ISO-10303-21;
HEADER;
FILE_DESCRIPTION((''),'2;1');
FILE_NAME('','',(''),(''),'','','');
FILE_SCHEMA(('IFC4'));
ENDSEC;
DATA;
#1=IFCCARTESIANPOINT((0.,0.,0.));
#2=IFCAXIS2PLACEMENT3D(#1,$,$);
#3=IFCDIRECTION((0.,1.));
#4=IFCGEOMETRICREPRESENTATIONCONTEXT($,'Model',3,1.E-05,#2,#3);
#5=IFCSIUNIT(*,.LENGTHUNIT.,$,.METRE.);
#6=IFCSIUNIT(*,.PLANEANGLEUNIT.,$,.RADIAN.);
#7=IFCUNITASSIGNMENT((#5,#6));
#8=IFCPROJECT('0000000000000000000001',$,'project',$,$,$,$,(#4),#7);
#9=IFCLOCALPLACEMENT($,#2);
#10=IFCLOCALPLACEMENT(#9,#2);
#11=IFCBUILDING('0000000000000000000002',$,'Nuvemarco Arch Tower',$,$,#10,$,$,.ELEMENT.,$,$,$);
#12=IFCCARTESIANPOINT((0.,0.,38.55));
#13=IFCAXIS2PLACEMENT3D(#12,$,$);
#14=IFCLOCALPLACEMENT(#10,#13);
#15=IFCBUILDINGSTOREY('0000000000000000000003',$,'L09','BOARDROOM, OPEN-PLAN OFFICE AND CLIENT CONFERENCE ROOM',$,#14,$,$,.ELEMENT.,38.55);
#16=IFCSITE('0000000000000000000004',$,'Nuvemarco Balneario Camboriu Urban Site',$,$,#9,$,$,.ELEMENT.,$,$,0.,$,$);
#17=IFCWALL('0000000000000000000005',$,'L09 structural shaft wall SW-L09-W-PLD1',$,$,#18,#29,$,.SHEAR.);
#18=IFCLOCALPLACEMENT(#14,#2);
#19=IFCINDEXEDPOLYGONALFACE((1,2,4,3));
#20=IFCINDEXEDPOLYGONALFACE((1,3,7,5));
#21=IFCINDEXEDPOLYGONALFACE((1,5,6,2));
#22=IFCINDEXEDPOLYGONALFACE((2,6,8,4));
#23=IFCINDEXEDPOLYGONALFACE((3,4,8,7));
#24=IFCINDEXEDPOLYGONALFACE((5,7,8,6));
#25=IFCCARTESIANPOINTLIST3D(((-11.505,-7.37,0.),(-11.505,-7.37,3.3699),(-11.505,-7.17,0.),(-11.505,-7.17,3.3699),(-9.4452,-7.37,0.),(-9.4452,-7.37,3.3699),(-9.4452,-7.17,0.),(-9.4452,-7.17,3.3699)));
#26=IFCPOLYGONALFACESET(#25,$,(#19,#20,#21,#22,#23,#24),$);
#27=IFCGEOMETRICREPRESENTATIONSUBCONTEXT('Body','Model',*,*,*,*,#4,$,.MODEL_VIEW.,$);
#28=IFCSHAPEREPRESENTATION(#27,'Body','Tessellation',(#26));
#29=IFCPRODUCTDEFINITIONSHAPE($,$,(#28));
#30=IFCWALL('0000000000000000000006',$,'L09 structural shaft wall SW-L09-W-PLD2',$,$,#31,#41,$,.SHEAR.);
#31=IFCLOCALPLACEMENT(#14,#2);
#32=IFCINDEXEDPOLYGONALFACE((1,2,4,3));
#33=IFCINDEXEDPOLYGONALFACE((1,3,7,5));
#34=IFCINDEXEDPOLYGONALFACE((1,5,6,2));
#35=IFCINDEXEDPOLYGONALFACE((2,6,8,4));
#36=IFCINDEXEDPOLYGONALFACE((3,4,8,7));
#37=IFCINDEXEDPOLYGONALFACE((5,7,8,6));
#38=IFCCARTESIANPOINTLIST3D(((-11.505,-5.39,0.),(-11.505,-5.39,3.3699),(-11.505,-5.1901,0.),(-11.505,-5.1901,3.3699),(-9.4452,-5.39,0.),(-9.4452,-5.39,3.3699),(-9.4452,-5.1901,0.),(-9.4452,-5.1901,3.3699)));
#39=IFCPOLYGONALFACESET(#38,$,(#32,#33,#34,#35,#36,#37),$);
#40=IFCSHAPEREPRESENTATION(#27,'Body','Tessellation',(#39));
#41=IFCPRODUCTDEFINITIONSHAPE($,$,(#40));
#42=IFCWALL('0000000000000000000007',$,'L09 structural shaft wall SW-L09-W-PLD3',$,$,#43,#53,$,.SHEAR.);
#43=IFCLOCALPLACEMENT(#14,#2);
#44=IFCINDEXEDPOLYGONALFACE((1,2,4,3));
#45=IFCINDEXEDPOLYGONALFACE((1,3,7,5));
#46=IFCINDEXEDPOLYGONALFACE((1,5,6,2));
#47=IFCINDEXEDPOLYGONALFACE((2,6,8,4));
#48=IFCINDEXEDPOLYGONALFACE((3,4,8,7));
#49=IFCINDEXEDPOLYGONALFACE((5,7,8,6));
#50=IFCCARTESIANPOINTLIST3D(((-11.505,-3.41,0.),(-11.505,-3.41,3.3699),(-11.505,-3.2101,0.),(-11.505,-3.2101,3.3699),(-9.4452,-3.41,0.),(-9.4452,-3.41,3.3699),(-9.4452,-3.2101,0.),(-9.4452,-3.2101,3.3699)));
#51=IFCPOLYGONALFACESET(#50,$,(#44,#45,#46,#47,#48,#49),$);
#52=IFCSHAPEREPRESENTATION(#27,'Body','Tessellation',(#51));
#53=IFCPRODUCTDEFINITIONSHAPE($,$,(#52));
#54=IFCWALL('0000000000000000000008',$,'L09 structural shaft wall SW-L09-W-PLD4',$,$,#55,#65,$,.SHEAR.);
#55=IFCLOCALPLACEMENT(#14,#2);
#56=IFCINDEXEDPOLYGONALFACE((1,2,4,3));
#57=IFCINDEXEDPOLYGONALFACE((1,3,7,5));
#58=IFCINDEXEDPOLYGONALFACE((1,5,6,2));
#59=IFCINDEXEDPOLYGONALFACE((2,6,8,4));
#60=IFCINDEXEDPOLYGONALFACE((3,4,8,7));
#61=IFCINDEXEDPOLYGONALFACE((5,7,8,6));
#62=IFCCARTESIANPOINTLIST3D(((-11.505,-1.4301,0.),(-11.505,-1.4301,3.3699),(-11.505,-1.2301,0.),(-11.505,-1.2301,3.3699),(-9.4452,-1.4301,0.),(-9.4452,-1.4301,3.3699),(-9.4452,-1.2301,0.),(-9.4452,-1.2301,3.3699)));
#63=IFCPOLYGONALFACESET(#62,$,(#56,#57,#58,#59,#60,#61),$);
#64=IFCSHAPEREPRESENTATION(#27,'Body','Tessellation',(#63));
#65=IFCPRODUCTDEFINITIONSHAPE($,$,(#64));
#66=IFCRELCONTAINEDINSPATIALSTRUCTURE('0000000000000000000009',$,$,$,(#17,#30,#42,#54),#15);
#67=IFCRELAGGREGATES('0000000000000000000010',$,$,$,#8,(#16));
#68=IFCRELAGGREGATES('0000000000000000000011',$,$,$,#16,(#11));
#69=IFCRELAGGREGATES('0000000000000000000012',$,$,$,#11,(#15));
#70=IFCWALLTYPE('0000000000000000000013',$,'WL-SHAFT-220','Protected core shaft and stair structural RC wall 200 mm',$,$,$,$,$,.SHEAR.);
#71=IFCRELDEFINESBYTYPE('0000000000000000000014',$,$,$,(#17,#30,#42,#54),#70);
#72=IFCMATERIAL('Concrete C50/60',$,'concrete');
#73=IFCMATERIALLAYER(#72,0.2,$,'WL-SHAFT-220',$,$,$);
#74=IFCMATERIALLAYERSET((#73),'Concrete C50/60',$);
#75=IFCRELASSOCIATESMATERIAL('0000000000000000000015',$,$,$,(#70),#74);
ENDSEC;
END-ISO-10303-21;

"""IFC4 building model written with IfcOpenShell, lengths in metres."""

from ifc_helpers import new_model, si_unit, direction, frame, frame_2d, origin, place, context, subcontext, project, spatial, rectangle, extrude, material, layer, layer_set, type_object, element, save


model = new_model("IFC4")

# Units and contexts
model_context = context("Model", 3, precision=1e-05, world=origin(), true_north=direction((0.0, 1.0)))
body_context = subcontext(model_context, "Body", "Model", "MODEL_VIEW")
ifc_project = project(units=[si_unit("LENGTHUNIT", "METRE"), si_unit("PLANEANGLEUNIT", "RADIAN")], contexts=[model_context])

# Site, building, storey
site_placement = place(None, origin())
site = spatial("IfcSite", under=ifc_project, at=site_placement, Name="Nuvemarco Balneario Camboriu Urban Site", CompositionType="ELEMENT", RefElevation=0.0)
building_placement = place(site_placement, origin())
building = spatial("IfcBuilding", under=site, at=building_placement, Name="Nuvemarco Arch Tower", CompositionType="ELEMENT")
storey_placement = place(building_placement, frame((0.0, 0.0, 38.55)))
storey = spatial("IfcBuildingStorey", under=building, at=storey_placement, Name="L09", Description="BOARDROOM, OPEN-PLAN OFFICE AND CLIENT CONFERENCE ROOM", CompositionType="ELEMENT", Elevation=38.55)

# Walls
ifc_material_1 = material(Name="Concrete C50/60", Category="concrete")
ifc_layer_1 = layer(ifc_material_1, 0.2, Name="WL-SHAFT-220")
ifc_layer_set_1 = layer_set([ifc_layer_1], Name="Concrete C50/60")
wall_type_1 = type_object("IfcWallType", Name="WL-SHAFT-220", Description="Protected core shaft and stair structural RC wall 200 mm", PredefinedType="SHEAR", material=ifc_layer_set_1)
for number, where, z_axis, x_axis, name in (
    (1, (-11.5049, -7.27, 0.0), (0.0, 0.0, 1.0), (1.0, 0.0, 0.0), "L09 structural shaft wall SW-L09-W-PLD1"),
    (2, (-11.5049, -5.29, 0.0), (0.0, 0.0, 1.0), (1.0, 0.0, 0.0), "L09 structural shaft wall SW-L09-W-PLD2"),
    (3, (-11.5049, -3.3101, 0.0), (0.0, 0.0, 1.0), (1.0, 0.0, 0.0), "L09 structural shaft wall SW-L09-W-PLD3"),
    (4, (-11.5049, -1.3301, 0.0), (0.0, 0.0, 1.0), (1.0, 0.0, 0.0), "L09 structural shaft wall SW-L09-W-PLD4"),
):
    element("IfcWall", number, at=place(storey_placement, frame(where, z_axis=z_axis, x_axis=x_axis)), inside=storey, type_object=wall_type_1, Name=name, PredefinedType="SHEAR", context=body_context, shape_type="SweptSolid", body=[
        extrude(rectangle(XDim=2.0598, YDim=0.2, at=frame_2d((1.0298, 0.0))), origin(), (0.0, 0.0, 1.0), 3.3699),
    ])

save(model, "model.ifc")
